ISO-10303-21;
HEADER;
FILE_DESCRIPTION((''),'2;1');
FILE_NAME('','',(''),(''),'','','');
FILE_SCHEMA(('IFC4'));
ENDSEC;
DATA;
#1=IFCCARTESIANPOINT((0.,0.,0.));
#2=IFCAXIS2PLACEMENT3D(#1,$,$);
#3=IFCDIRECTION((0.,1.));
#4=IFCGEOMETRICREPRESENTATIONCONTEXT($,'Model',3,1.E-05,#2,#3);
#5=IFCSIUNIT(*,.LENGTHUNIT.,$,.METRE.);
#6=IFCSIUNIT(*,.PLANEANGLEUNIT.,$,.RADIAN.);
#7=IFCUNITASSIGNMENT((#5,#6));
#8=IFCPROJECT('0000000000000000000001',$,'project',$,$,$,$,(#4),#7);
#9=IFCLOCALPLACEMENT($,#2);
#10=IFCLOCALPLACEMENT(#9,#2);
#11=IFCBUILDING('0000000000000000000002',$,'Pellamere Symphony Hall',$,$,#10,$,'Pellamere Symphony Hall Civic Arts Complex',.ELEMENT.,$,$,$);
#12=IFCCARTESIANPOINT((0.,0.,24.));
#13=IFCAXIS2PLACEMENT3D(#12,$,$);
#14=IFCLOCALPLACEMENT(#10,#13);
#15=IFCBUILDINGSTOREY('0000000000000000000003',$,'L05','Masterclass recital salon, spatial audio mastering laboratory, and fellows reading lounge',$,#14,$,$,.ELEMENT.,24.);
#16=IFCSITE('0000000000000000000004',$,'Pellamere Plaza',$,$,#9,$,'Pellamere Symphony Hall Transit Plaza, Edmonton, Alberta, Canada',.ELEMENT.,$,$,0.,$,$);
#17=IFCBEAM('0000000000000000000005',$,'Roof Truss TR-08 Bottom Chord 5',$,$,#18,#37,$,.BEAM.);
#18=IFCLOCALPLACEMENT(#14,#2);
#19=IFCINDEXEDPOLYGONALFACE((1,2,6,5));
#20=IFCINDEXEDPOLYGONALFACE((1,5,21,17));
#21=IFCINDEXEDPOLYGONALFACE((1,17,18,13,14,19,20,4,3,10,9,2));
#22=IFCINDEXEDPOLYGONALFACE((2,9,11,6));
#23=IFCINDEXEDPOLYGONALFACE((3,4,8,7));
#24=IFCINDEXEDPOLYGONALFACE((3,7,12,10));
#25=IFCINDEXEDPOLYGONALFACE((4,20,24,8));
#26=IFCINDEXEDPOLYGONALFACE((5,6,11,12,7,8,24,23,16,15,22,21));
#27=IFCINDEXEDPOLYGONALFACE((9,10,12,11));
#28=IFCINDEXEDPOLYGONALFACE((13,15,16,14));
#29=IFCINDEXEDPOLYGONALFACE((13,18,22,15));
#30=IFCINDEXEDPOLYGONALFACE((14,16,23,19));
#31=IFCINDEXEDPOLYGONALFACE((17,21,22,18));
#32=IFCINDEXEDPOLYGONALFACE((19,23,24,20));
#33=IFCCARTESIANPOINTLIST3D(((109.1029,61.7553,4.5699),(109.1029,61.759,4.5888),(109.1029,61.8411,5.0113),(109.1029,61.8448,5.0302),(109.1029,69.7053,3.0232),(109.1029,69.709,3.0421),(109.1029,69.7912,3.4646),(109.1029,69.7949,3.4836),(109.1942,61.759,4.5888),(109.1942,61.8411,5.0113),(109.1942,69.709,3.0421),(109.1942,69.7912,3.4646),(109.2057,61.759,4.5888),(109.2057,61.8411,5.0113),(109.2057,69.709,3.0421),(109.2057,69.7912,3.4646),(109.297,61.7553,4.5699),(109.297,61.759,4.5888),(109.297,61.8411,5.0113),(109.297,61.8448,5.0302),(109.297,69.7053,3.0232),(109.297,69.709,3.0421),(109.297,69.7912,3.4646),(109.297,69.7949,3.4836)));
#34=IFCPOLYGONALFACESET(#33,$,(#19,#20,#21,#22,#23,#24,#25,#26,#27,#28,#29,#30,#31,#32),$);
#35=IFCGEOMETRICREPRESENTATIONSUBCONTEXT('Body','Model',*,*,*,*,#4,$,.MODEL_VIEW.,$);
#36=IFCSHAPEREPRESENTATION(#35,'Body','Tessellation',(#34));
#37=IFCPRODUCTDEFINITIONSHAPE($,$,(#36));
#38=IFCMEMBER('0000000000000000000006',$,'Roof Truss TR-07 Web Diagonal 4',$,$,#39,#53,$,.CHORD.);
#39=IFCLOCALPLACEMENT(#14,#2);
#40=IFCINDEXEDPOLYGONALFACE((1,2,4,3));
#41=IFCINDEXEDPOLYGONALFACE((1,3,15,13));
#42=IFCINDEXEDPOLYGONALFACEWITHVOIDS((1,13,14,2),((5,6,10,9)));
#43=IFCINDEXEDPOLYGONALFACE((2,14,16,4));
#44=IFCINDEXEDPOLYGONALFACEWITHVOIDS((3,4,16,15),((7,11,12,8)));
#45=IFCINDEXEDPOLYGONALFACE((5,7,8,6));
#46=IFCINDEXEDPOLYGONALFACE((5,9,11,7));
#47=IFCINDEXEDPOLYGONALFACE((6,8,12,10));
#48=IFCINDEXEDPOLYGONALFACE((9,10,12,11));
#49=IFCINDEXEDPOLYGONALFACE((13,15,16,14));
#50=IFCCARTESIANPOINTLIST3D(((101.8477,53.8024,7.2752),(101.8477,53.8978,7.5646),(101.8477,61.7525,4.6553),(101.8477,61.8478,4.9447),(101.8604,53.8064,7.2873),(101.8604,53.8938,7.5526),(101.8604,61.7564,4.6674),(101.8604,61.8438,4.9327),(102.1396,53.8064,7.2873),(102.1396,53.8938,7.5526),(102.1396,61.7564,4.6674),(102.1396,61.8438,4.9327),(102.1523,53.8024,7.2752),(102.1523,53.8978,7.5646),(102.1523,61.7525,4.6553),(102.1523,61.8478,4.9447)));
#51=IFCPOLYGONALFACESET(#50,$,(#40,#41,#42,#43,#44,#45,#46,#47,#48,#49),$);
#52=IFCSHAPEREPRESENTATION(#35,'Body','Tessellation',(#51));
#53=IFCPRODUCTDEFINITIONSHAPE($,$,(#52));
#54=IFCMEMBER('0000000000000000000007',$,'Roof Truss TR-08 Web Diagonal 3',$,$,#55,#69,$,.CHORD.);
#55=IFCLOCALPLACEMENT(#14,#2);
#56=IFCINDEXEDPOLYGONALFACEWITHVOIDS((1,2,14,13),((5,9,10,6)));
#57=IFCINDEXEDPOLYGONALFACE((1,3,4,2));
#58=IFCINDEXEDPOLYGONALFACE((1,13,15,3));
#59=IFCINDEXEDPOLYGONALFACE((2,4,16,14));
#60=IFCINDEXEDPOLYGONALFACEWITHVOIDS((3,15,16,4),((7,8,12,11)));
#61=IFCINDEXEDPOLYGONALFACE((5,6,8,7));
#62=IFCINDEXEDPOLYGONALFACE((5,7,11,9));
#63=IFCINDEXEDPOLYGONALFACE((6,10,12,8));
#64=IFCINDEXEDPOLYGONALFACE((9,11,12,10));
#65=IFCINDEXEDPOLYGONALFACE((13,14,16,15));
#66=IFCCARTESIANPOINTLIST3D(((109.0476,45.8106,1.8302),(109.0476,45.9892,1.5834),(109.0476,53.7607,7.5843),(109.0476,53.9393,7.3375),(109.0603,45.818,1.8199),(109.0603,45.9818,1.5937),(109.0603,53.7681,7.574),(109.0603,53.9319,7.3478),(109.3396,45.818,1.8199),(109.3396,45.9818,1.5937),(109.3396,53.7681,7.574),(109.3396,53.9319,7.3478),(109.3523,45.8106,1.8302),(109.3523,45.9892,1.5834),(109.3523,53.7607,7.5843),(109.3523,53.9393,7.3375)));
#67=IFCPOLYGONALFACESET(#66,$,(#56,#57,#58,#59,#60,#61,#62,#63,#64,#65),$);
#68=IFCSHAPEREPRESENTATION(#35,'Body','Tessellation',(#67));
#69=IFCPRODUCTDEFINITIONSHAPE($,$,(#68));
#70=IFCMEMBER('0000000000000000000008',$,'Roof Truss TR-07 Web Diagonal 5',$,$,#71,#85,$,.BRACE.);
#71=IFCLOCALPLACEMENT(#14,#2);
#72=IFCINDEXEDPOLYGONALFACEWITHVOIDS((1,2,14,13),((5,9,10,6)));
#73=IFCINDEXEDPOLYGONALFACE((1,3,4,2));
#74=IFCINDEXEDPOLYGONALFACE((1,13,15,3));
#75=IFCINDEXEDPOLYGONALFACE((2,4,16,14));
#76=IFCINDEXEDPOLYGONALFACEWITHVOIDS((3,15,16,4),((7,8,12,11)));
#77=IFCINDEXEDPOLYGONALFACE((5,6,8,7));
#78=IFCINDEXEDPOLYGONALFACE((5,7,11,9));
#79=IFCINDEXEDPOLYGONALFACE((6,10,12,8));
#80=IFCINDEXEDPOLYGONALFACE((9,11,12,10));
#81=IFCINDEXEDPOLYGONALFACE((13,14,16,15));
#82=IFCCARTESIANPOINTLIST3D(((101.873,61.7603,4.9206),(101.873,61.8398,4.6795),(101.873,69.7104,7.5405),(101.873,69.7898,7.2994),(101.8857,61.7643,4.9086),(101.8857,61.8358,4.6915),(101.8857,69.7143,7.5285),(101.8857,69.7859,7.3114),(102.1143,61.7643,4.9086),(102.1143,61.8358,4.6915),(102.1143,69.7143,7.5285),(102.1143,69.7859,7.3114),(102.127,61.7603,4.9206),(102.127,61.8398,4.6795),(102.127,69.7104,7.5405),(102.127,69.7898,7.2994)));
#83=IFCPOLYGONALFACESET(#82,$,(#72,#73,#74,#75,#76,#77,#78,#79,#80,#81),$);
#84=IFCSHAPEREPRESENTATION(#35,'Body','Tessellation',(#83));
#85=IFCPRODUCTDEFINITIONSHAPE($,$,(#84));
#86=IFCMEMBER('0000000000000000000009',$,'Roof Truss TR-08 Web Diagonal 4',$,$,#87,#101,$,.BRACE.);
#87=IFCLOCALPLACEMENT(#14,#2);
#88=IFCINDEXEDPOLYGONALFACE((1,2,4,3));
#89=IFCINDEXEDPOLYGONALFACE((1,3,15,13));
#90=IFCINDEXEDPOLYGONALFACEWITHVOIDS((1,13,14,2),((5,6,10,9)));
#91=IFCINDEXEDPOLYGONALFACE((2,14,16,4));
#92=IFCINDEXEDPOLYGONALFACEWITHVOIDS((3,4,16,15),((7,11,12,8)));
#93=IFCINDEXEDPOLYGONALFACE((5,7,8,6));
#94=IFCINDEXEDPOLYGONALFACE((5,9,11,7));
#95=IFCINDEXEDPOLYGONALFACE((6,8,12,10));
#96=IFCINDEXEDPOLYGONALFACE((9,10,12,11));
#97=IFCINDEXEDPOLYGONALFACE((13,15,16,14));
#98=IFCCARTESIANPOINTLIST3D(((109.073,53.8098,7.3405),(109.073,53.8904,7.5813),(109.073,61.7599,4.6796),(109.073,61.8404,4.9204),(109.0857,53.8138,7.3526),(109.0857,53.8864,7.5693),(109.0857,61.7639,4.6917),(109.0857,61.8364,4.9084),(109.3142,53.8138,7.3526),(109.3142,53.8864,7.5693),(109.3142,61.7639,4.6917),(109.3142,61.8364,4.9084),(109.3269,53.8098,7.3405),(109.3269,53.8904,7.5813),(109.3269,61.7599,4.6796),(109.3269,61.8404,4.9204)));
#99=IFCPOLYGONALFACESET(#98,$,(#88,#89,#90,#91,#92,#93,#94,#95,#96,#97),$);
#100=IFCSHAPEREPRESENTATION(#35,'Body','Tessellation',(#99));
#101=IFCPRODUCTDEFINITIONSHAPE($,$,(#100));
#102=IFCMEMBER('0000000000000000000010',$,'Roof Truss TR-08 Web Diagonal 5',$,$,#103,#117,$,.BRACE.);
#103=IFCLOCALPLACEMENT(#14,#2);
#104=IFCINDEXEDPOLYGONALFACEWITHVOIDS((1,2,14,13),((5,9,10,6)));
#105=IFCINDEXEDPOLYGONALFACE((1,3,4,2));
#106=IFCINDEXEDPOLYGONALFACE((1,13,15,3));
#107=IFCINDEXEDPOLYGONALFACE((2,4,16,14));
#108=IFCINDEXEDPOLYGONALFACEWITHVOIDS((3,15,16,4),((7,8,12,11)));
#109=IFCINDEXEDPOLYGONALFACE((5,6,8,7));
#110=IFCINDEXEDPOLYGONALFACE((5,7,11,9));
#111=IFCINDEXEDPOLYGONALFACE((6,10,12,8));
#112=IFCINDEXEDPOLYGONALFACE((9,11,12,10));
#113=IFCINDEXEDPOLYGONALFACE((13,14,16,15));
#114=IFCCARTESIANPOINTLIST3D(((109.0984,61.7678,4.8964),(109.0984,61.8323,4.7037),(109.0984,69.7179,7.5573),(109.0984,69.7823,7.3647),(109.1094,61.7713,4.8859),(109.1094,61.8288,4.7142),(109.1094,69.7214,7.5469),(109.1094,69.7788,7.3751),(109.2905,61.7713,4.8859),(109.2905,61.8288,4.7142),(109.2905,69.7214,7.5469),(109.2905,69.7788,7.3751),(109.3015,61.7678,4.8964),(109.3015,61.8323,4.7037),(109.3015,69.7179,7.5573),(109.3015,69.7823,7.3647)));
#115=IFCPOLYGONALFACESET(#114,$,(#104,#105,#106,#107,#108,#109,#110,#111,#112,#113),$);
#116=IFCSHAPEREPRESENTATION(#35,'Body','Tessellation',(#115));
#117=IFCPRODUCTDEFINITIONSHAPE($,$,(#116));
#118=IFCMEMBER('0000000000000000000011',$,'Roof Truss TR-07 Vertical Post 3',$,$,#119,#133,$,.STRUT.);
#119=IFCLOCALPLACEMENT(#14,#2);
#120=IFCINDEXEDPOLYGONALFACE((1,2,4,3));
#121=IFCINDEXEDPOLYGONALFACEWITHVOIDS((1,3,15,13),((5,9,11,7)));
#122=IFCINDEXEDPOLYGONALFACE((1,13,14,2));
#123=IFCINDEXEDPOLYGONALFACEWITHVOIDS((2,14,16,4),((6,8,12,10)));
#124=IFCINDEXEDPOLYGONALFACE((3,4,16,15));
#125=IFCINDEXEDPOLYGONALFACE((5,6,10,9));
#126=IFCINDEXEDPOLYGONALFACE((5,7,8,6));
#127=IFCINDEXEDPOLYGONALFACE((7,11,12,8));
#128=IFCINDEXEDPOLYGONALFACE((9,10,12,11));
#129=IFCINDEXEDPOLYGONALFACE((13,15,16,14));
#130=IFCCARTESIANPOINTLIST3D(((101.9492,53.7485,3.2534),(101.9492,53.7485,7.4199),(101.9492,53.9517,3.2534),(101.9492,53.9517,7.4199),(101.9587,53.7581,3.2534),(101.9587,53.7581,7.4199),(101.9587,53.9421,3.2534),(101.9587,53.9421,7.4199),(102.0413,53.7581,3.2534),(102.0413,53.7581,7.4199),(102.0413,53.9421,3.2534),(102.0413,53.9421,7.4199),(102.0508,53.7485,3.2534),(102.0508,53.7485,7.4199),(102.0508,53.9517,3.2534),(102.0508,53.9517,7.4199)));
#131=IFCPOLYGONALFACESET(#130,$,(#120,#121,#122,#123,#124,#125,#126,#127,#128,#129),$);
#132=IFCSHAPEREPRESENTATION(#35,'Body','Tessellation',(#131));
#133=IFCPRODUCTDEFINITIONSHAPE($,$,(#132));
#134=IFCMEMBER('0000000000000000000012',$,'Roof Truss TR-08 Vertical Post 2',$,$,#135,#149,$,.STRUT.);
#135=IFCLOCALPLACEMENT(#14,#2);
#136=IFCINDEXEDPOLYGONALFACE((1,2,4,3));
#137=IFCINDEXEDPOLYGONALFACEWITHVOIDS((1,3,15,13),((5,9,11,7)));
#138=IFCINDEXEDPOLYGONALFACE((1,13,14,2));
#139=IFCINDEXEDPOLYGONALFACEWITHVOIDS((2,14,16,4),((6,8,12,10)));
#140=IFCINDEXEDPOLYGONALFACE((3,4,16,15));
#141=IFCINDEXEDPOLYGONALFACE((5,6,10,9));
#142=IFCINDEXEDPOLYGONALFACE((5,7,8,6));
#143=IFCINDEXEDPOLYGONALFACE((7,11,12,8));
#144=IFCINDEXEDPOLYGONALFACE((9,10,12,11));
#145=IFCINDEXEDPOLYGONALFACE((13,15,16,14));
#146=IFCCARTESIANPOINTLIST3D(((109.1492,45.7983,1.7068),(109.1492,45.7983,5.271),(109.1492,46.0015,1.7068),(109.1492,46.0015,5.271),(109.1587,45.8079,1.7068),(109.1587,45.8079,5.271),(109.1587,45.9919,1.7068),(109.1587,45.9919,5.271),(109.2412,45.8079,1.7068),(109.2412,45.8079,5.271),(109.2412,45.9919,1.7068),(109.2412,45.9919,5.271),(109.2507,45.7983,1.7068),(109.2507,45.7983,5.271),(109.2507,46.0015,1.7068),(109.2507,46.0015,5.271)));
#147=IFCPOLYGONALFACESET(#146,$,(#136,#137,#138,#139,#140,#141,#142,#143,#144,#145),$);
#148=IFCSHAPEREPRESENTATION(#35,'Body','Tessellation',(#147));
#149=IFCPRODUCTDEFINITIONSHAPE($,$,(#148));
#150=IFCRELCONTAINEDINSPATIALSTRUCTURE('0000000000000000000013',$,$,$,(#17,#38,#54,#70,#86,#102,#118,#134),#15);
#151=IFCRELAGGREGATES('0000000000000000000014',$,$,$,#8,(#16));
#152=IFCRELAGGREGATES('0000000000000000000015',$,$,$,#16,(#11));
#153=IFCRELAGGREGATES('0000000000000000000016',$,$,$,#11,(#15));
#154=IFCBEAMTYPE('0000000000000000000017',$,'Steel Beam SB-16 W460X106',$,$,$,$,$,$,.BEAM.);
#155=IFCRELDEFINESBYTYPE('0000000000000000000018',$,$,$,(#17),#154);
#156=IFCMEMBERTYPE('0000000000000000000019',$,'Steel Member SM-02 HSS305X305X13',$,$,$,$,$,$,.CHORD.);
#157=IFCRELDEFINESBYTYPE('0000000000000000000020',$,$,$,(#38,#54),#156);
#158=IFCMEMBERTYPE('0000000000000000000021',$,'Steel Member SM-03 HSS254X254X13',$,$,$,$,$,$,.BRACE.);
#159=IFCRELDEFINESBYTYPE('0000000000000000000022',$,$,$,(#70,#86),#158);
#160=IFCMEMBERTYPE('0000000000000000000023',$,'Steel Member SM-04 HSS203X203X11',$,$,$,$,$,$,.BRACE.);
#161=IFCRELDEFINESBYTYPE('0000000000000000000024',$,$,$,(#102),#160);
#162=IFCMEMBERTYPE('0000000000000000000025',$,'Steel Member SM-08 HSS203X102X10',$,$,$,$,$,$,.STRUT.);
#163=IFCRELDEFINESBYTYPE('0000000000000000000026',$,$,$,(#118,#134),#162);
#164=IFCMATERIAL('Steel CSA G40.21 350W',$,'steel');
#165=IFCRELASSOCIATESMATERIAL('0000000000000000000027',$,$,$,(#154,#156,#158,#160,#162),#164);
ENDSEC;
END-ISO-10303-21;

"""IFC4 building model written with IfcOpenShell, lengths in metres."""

from ifc_helpers import new_model, si_unit, direction, frame, origin, origin_2d, place, context, subcontext, project, spatial, hollow_rectangle, i_section, extrude, material, material_profile, profile_set, type_object, element, save


model = new_model("IFC4")

# Units and contexts
model_context = context("Model", 3, precision=1e-05, world=origin(), true_north=direction((0.0, 1.0)))
body_context = subcontext(model_context, "Body", "Model", "MODEL_VIEW")
ifc_project = project(units=[si_unit("LENGTHUNIT", "METRE"), si_unit("PLANEANGLEUNIT", "RADIAN")], contexts=[model_context])

# Site, building, storey
site_placement = place(None, origin())
site = spatial("IfcSite", under=ifc_project, at=site_placement, Name="Pellamere Plaza", LongName="Pellamere Symphony Hall Transit Plaza, Edmonton, Alberta, Canada", CompositionType="ELEMENT", RefElevation=0.0)
building_placement = place(site_placement, origin())
building = spatial("IfcBuilding", under=site, at=building_placement, Name="Pellamere Symphony Hall", LongName="Pellamere Symphony Hall Civic Arts Complex", CompositionType="ELEMENT")
storey_placement = place(building_placement, frame((0.0, 0.0, 24.0)))
storey = spatial("IfcBuildingStorey", under=building, at=storey_placement, Name="L05", Description="Masterclass recital salon, spatial audio mastering laboratory, and fellows reading lounge", CompositionType="ELEMENT", Elevation=24.0)

# Beam
ifc_material_1 = material(Name="Steel CSA G40.21 350W", Category="steel")
ifc_material_profile_1 = material_profile(ifc_material_1, i_section(OverallWidth=0.1941, OverallDepth=0.469, WebThickness=0.0115, FlangeThickness=0.0193, at=origin_2d()), Name="W460X106")
ifc_profile_set_1 = profile_set([ifc_material_profile_1], Name="Steel CSA G40.21 350W")
beam_type_1 = type_object("IfcBeamType", Name="Steel Beam SB-16 W460X106", PredefinedType="BEAM", material=ifc_profile_set_1)
for number, where, z_axis, x_axis, name in (
    (1, (109.2, 61.8, 4.8), (0.0, 0.981597, -0.190966), (-1.0, 0.0, 0.0), "Roof Truss TR-08 Bottom Chord 5"),
):
    element("IfcBeam", number, at=place(storey_placement, frame(where, z_axis=z_axis, x_axis=x_axis)), inside=storey, type_object=beam_type_1, Name=name, PredefinedType="BEAM", context=body_context, shape_type="SweptSolid", body=[
        extrude(i_section(OverallWidth=0.1941, OverallDepth=0.469, WebThickness=0.0115, FlangeThickness=0.0193, at=origin_2d()), origin(), (0.0, 0.0, 1.0), 8.0991),
    ])

# Members
ifc_material_profile_2 = material_profile(ifc_material_1, hollow_rectangle(XDim=0.3047, YDim=0.3047, WallThickness=0.0127, at=origin_2d()), Name="HSS305X305X13")
ifc_profile_set_2 = profile_set([ifc_material_profile_2], Name="Steel CSA G40.21 350W")
member_type_1 = type_object("IfcMemberType", Name="Steel Member SM-02 HSS305X305X13", PredefinedType="CHORD", material=ifc_profile_set_2)
member_1_placement = place(storey_placement, frame((102.0, 53.8501, 7.4199), z_axis=(0.0, 0.949757, -0.312988), x_axis=(-1.0, 0.0, 0.0)))
element("IfcMember", 2, at=member_1_placement, inside=storey, type_object=member_type_1, Name="Roof Truss TR-07 Web Diagonal 4", PredefinedType="CHORD", context=body_context, shape_type="SweptSolid", body=[
    extrude(hollow_rectangle(XDim=0.3047, YDim=0.3047, WallThickness=0.0127, at=origin_2d()), origin(), (0.0, 0.0, 1.0), 8.3706),
])
member_2_placement = place(storey_placement, frame((109.2, 45.8999, 1.7068), z_axis=(0.0, 0.810082, 0.586317), x_axis=(-1.0, 0.0, 0.0)))
element("IfcMember", 3, at=member_2_placement, inside=storey, type_object=member_type_1, Name="Roof Truss TR-08 Web Diagonal 3", PredefinedType="CHORD", context=body_context, shape_type="SweptSolid", body=[
    extrude(hollow_rectangle(XDim=0.3047, YDim=0.3047, WallThickness=0.0127, at=origin_2d()), origin(), (0.0, 0.0, 1.0), 9.814),
])
ifc_material_profile_3 = material_profile(ifc_material_1, hollow_rectangle(XDim=0.2539, YDim=0.2539, WallThickness=0.0127, at=origin_2d()), Name="HSS254X254X13")
ifc_profile_set_3 = profile_set([ifc_material_profile_3], Name="Steel CSA G40.21 350W")
member_type_2 = type_object("IfcMemberType", Name="Steel Member SM-03 HSS254X254X13", PredefinedType="BRACE", material=ifc_profile_set_3)
member_3_placement = place(storey_placement, frame((102.0, 61.8, 4.8), z_axis=(0.0, 0.949757, 0.312988), x_axis=(-1.0, 0.0, 0.0)))
element("IfcMember", 4, at=member_3_placement, inside=storey, type_object=member_type_2, Name="Roof Truss TR-07 Web Diagonal 5", PredefinedType="BRACE", context=body_context, shape_type="SweptSolid", body=[
    extrude(hollow_rectangle(XDim=0.2539, YDim=0.2539, WallThickness=0.0127, at=origin_2d()), origin(), (0.0, 0.0, 1.0), 8.3706),
])
member_4_placement = place(storey_placement, frame((109.2, 53.8501, 7.4609), z_axis=(0.0, 0.948292, -0.317398), x_axis=(-1.0, 0.0, 0.0)))
element("IfcMember", 5, at=member_4_placement, inside=storey, type_object=member_type_2, Name="Roof Truss TR-08 Web Diagonal 4", PredefinedType="BRACE", context=body_context, shape_type="SweptSolid", body=[
    extrude(hollow_rectangle(XDim=0.2539, YDim=0.2539, WallThickness=0.0127, at=origin_2d()), origin(), (0.0, 0.0, 1.0), 8.3835),
])
ifc_material_profile_4 = material_profile(ifc_material_1, hollow_rectangle(XDim=0.2031, YDim=0.2031, WallThickness=0.011, at=origin_2d()), Name="HSS203X203X11")
ifc_profile_set_4 = profile_set([ifc_material_profile_4], Name="Steel CSA G40.21 350W")
member_type_3 = type_object("IfcMemberType", Name="Steel Member SM-04 HSS203X203X11", PredefinedType="BRACE", material=ifc_profile_set_4)
member_5_placement = place(storey_placement, frame((109.2, 61.8, 4.8), z_axis=(0.0, 0.948292, 0.317398), x_axis=(-1.0, 0.0, 0.0)))
element("IfcMember", 6, at=member_5_placement, inside=storey, type_object=member_type_3, Name="Roof Truss TR-08 Web Diagonal 5", PredefinedType="BRACE", context=body_context, shape_type="SweptSolid", body=[
    extrude(hollow_rectangle(XDim=0.2031, YDim=0.2031, WallThickness=0.011, at=origin_2d()), origin(), (0.0, 0.0, 1.0), 8.3835),
])
ifc_material_profile_5 = material_profile(ifc_material_1, hollow_rectangle(XDim=0.1016, YDim=0.2031, WallThickness=0.0095, at=origin_2d()), Name="HSS203X102X10")
ifc_profile_set_5 = profile_set([ifc_material_profile_5], Name="Steel CSA G40.21 350W")
member_type_4 = type_object("IfcMemberType", Name="Steel Member SM-08 HSS203X102X10", PredefinedType="STRUT", material=ifc_profile_set_5)
member_6_placement = place(storey_placement, frame((102.0, 53.8501, 3.2534), z_axis=(0.0, 0.0, 1.0), x_axis=(1.0, 0.0, 0.0)))
element("IfcMember", 7, at=member_6_placement, inside=storey, type_object=member_type_4, Name="Roof Truss TR-07 Vertical Post 3", PredefinedType="STRUT", context=body_context, shape_type="SweptSolid", body=[
    extrude(hollow_rectangle(XDim=0.1016, YDim=0.2031, WallThickness=0.0095, at=origin_2d()), origin(), (0.0, 0.0, 1.0), 4.1665),
])
member_7_placement = place(storey_placement, frame((109.2, 45.8999, 1.7068), z_axis=(0.0, 0.0, 1.0), x_axis=(1.0, 0.0, 0.0)))
element("IfcMember", 8, at=member_7_placement, inside=storey, type_object=member_type_4, Name="Roof Truss TR-08 Vertical Post 2", PredefinedType="STRUT", context=body_context, shape_type="SweptSolid", body=[
    extrude(hollow_rectangle(XDim=0.1016, YDim=0.2031, WallThickness=0.0095, at=origin_2d()), origin(), (0.0, 0.0, 1.0), 3.5642),
])

save(model, "model.ifc")
